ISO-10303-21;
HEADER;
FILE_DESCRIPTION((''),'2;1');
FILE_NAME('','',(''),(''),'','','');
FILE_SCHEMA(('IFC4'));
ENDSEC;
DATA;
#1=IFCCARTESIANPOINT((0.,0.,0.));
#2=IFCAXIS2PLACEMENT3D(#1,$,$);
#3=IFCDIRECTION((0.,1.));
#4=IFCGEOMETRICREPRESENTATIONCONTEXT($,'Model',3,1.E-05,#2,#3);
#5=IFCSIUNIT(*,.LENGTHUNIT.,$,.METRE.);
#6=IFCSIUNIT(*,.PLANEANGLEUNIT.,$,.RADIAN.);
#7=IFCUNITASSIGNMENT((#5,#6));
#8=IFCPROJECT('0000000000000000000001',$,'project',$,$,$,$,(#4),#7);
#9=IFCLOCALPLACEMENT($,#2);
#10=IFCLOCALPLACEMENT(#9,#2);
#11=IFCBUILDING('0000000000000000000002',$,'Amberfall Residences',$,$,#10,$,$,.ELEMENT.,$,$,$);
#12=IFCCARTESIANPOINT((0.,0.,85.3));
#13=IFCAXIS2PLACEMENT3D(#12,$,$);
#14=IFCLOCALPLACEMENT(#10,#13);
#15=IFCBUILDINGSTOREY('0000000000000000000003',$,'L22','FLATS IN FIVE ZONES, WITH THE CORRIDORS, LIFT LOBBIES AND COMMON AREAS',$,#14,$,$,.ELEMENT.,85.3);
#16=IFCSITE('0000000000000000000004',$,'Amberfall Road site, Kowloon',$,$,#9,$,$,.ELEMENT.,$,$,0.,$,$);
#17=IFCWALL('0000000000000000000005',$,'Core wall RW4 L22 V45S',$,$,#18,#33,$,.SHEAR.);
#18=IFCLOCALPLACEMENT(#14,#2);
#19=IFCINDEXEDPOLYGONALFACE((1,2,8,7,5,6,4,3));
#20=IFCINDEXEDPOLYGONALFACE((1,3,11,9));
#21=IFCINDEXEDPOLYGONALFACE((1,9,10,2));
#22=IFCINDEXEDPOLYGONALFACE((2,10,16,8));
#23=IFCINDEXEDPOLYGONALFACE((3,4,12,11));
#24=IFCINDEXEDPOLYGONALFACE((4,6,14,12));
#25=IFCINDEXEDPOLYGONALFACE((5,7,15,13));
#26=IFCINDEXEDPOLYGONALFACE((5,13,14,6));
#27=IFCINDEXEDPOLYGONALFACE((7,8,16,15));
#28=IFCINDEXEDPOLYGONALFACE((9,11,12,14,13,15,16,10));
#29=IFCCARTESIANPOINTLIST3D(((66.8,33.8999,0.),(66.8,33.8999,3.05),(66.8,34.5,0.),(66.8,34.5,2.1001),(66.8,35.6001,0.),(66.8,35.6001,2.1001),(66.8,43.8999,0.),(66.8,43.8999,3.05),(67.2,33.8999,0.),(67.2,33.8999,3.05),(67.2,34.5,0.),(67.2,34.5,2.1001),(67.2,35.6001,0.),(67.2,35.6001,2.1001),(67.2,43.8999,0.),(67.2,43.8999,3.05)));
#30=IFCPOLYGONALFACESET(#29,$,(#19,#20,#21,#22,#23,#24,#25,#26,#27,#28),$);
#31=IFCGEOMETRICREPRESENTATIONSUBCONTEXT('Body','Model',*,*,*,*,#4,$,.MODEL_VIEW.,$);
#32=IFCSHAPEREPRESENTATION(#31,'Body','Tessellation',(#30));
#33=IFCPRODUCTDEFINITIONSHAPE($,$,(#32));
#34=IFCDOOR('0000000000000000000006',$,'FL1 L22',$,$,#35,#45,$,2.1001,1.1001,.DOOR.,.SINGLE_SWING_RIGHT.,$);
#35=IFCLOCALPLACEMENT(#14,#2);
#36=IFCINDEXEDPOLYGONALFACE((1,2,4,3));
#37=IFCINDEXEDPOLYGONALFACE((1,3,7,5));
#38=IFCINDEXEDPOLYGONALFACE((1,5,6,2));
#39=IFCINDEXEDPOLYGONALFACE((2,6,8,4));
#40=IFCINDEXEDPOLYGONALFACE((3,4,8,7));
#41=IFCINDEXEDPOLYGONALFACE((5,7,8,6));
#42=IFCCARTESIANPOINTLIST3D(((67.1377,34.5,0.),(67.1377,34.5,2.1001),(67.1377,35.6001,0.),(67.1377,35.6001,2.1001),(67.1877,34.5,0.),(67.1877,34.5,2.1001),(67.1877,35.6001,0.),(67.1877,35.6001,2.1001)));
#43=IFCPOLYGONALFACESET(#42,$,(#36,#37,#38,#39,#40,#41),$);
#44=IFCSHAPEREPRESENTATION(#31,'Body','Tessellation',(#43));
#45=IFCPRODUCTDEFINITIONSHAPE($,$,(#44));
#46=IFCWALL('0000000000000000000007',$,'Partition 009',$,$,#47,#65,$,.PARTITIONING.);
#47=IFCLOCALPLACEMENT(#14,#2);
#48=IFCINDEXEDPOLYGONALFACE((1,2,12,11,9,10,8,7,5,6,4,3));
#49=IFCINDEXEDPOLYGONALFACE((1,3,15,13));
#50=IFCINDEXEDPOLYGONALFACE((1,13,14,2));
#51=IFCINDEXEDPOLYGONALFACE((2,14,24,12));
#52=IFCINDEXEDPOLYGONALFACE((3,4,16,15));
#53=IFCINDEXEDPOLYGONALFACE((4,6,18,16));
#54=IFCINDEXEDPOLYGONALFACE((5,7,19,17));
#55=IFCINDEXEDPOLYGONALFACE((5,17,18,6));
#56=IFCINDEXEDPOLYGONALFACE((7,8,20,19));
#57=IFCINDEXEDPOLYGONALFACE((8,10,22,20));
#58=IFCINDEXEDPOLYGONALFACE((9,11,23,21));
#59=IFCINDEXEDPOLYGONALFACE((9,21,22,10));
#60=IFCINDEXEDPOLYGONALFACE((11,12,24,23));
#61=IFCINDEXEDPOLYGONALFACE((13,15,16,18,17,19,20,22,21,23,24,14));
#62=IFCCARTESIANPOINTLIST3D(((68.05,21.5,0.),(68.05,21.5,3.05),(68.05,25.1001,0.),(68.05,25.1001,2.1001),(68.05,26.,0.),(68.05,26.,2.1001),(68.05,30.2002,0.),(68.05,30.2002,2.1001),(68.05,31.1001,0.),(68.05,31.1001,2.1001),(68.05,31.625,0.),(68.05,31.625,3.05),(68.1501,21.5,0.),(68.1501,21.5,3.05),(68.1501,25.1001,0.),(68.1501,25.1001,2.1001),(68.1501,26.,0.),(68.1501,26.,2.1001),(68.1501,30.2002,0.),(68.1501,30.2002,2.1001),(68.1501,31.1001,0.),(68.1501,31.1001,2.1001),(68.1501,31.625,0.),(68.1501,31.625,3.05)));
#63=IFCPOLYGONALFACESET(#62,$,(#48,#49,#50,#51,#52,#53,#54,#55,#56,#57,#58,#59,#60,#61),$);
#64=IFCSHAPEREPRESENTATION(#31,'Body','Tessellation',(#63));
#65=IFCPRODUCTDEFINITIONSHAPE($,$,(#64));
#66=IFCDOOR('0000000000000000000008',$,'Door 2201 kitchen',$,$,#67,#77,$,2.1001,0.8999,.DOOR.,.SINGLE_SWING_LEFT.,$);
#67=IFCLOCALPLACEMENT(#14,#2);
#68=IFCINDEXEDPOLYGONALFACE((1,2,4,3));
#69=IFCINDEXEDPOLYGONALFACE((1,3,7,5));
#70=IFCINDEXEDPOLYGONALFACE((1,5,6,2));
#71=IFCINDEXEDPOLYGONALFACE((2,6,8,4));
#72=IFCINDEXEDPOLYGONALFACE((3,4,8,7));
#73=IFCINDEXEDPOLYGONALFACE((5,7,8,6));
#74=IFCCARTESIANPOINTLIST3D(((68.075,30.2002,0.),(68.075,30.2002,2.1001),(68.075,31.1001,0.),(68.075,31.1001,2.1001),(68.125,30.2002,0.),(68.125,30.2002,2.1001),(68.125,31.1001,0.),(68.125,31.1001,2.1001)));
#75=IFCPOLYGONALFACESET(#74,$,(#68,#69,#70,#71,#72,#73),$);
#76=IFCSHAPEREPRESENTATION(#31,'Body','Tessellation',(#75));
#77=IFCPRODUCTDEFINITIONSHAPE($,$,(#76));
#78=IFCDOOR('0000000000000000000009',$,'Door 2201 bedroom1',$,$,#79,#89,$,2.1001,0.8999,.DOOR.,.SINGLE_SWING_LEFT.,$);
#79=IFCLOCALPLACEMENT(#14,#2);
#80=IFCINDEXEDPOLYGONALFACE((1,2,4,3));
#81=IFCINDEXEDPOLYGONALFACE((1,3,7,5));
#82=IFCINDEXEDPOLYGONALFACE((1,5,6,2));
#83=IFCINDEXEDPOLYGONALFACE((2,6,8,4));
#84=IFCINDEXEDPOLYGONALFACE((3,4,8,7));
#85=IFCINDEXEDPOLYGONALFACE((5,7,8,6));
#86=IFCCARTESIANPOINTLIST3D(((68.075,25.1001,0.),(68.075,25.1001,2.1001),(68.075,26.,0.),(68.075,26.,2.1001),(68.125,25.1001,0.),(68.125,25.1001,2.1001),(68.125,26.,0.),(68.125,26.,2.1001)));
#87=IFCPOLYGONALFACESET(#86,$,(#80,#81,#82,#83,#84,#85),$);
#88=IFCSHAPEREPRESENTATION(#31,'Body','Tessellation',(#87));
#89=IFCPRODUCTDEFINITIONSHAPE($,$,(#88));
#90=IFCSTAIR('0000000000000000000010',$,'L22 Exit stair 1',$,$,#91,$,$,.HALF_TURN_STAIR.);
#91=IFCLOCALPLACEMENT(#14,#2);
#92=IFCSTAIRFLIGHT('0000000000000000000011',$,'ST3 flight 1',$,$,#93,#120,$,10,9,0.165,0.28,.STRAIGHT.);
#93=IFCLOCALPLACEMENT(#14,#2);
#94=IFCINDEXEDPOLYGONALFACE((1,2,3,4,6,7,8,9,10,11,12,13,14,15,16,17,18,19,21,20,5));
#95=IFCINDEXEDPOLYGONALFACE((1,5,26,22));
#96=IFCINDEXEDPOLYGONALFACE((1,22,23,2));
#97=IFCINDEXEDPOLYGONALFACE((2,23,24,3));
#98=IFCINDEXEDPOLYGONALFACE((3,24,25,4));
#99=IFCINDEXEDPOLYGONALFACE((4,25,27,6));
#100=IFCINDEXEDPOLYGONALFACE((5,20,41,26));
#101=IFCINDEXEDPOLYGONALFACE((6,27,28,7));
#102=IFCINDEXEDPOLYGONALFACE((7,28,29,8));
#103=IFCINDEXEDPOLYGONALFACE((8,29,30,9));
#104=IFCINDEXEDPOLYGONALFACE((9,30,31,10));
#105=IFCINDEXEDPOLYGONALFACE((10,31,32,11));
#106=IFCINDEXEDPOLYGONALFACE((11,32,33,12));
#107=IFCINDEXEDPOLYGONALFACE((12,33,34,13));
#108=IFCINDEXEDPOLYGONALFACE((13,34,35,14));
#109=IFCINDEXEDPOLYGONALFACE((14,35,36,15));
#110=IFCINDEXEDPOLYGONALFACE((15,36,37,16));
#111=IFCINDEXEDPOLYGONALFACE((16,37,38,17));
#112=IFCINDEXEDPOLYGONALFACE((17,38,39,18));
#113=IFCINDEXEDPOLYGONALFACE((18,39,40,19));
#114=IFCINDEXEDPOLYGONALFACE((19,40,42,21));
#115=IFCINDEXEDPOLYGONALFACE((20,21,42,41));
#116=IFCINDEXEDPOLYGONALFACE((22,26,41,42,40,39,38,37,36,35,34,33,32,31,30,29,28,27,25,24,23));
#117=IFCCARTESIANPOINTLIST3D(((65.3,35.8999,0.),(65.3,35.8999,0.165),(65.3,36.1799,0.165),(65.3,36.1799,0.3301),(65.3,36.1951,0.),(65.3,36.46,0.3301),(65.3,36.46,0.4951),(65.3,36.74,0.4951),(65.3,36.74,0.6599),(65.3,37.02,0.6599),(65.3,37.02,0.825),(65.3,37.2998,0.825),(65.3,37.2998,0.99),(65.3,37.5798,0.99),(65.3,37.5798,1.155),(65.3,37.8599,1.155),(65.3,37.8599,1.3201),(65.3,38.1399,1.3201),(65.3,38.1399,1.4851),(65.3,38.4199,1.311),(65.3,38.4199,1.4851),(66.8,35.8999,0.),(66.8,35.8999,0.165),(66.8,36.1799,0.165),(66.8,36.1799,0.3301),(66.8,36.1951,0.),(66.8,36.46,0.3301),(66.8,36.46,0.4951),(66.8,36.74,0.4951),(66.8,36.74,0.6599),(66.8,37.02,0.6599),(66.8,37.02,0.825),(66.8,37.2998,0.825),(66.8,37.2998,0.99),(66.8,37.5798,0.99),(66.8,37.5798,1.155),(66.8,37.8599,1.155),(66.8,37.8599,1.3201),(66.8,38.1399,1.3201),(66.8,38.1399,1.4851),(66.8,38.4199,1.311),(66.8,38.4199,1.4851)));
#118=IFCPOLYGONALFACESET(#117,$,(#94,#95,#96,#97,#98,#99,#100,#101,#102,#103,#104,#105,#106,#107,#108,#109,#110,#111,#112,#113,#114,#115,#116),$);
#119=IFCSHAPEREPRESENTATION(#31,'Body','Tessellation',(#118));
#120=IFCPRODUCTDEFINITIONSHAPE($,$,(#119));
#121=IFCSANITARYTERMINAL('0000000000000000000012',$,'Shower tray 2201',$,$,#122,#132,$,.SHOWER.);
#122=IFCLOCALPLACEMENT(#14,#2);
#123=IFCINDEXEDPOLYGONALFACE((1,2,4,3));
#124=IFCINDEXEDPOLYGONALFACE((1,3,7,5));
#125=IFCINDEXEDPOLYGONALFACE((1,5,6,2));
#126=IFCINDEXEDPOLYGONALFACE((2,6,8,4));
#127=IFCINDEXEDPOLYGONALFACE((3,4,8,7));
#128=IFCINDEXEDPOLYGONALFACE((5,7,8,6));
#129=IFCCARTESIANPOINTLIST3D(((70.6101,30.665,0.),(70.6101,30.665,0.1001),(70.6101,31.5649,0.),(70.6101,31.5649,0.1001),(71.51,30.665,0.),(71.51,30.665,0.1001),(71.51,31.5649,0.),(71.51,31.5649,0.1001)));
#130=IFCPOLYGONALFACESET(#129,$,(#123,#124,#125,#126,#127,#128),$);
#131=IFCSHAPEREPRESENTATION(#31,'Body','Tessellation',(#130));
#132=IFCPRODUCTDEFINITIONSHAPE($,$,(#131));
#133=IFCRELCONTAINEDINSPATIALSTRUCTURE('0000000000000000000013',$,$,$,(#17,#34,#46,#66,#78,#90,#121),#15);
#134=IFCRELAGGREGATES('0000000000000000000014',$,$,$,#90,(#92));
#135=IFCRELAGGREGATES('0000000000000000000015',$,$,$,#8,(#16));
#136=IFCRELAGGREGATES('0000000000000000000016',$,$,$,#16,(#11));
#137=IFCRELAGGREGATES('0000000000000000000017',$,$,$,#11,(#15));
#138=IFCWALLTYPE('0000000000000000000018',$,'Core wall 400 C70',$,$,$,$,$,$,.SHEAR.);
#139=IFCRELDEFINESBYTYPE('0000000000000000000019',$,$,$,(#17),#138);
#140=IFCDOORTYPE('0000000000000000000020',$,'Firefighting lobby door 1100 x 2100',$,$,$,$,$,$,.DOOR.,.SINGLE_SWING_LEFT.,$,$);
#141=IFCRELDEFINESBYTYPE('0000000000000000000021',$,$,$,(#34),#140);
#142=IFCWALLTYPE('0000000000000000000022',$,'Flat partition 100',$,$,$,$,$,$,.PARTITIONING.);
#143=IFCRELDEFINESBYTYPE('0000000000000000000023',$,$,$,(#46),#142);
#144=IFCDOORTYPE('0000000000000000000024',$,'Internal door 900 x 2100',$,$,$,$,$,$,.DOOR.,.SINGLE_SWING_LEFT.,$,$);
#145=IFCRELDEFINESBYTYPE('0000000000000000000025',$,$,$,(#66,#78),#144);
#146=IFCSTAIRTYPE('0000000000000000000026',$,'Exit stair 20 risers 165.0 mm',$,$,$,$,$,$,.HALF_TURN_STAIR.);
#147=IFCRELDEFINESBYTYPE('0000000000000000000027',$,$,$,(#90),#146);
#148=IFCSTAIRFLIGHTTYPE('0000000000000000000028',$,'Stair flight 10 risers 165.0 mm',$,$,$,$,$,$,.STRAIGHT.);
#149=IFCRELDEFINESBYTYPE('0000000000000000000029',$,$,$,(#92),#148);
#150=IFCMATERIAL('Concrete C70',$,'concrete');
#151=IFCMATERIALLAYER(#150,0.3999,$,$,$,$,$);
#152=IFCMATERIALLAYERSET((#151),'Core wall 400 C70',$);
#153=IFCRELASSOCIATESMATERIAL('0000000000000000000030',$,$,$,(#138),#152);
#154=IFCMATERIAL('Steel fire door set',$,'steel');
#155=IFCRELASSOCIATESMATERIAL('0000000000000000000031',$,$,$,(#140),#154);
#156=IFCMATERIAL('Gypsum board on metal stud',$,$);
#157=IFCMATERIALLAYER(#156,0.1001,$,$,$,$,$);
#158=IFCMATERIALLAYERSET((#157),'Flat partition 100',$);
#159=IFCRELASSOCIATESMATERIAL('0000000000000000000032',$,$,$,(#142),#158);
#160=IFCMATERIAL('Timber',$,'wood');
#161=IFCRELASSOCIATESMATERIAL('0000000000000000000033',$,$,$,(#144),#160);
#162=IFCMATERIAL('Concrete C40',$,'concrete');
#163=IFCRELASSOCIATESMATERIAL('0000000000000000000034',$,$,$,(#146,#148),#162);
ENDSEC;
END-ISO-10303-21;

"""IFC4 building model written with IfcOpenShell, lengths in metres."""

from ifc_helpers import new_model, si_unit, direction, frame, frame_2d, origin, origin_2d, place, context, subcontext, project, spatial, polyline, rectangle, outline, extrude, material, layer, layer_set, type_object, element, fill, aggregate, save


model = new_model("IFC4")

# Units and contexts
model_context = context("Model", 3, precision=1e-05, world=origin(), true_north=direction((0.0, 1.0)))
body_context = subcontext(model_context, "Body", "Model", "MODEL_VIEW")
ifc_project = project(units=[si_unit("LENGTHUNIT", "METRE"), si_unit("PLANEANGLEUNIT", "RADIAN")], contexts=[model_context])

# Site, building, storey
site_placement = place(None, origin())
site = spatial("IfcSite", under=ifc_project, at=site_placement, Name="Amberfall Road site, Kowloon", CompositionType="ELEMENT", RefElevation=0.0)
building_placement = place(site_placement, origin())
building = spatial("IfcBuilding", under=site, at=building_placement, Name="Amberfall Residences", CompositionType="ELEMENT")
storey_placement = place(building_placement, frame((0.0, 0.0, 85.3)))
storey = spatial("IfcBuildingStorey", under=building, at=storey_placement, Name="L22", Description="FLATS IN FIVE ZONES, WITH THE CORRIDORS, LIFT LOBBIES AND COMMON AREAS", CompositionType="ELEMENT", Elevation=85.3)

# Wall, opening, door
ifc_material_1 = material(Name="Concrete C70", Category="concrete")
ifc_layer_1 = layer(ifc_material_1, 0.3999)
ifc_layer_set_1 = layer_set([ifc_layer_1], Name="Core wall 400 C70")
wall_type_1 = type_object("IfcWallType", Name="Core wall 400 C70", PredefinedType="SHEAR", material=ifc_layer_set_1)
wall_1_placement = place(storey_placement, frame((67.0, 33.8999, 0.0), z_axis=(0.0, 0.0, 1.0), x_axis=(0.0, 1.0, 0.0)))
wall_1 = element("IfcWall", 1, at=wall_1_placement, inside=storey, type_object=wall_type_1, Name="Core wall RW4 L22 V45S", PredefinedType="SHEAR", context=body_context, shape_type="SweptSolid", body=[
    extrude(rectangle(XDim=10.0, YDim=0.3999, at=frame_2d((5.0, 0.0))), origin(), (0.0, 0.0, 1.0), 3.05),
])
opening_1_placement = place(wall_1_placement, frame((0.6001, 0.0, 0.0)))
opening_1 = element("IfcOpeningElement", 2, at=opening_1_placement, cuts=wall_1, PredefinedType="OPENING", context=body_context, shape_type="SweptSolid", body=[
    extrude(rectangle(XDim=1.1001, YDim=2.1001, at=frame_2d((0.55, 1.05))), frame((0.0, 0.21, 0.0), z_axis=(0.0, -1.0, 0.0), x_axis=(1.0, 0.0, 0.0)), (0.0, 0.0, 1.0), 0.4199),
])
ifc_material_2 = material(Name="Steel fire door set", Category="steel")
door_type_1 = type_object("IfcDoorType", Name="Firefighting lobby door 1100 x 2100", OperationType="SINGLE_SWING_LEFT", PredefinedType="DOOR", material=ifc_material_2)
door_1_placement = place(opening_1_placement, origin())
door_1 = element("IfcDoor", 3, at=door_1_placement, inside=storey, type_object=door_type_1, Name="FL1 L22", OperationType="SINGLE_SWING_RIGHT", OverallHeight=2.1001, OverallWidth=1.1001, PredefinedType="DOOR", context=body_context, shape_type="SweptSolid", body=[
    extrude(rectangle(XDim=1.1001, YDim=2.1001, at=frame_2d((0.55, 1.05))), frame((0.0, -0.1377, 0.0), z_axis=(0.0, -1.0, 0.0), x_axis=(1.0, 0.0, 0.0)), (0.0, 0.0, 1.0), 0.05),
])
fill(opening_1, door_1)

# Wall, openings, doors
ifc_material_3 = material(Name="Gypsum board on metal stud")
ifc_layer_2 = layer(ifc_material_3, 0.1001)
ifc_layer_set_2 = layer_set([ifc_layer_2], Name="Flat partition 100")
wall_type_2 = type_object("IfcWallType", Name="Flat partition 100", PredefinedType="PARTITIONING", material=ifc_layer_set_2)
wall_2_placement = place(storey_placement, frame((68.1001, 31.625, 0.0), z_axis=(0.0, 0.0, 1.0), x_axis=(0.0, -1.0, 0.0)))
wall_2 = element("IfcWall", 4, at=wall_2_placement, inside=storey, type_object=wall_type_2, Name="Partition 009", PredefinedType="PARTITIONING", context=body_context, shape_type="SweptSolid", body=[
    extrude(rectangle(XDim=10.125, YDim=0.1001, at=frame_2d((5.0625, 0.0))), origin(), (0.0, 0.0, 1.0), 3.05),
])
opening_2_placement = place(wall_2_placement, frame((0.5249, 0.0, 0.0)))
opening_2 = element("IfcOpeningElement", 5, at=opening_2_placement, cuts=wall_2, PredefinedType="OPENING", context=body_context, shape_type="SweptSolid", body=[
    extrude(rectangle(XDim=0.8999, YDim=2.1001, at=frame_2d((0.45, 1.05))), frame((0.0, 0.0601, 0.0), z_axis=(0.0, -1.0, 0.0), x_axis=(1.0, 0.0, 0.0)), (0.0, 0.0, 1.0), 0.1201),
])
opening_3_placement = place(wall_2_placement, frame((5.625, 0.0, 0.0)))
opening_3 = element("IfcOpeningElement", 6, at=opening_3_placement, cuts=wall_2, PredefinedType="OPENING", context=body_context, shape_type="SweptSolid", body=[
    extrude(rectangle(XDim=0.8999, YDim=2.1001, at=frame_2d((0.45, 1.05))), frame((0.0, 0.0601, 0.0), z_axis=(0.0, -1.0, 0.0), x_axis=(1.0, 0.0, 0.0)), (0.0, 0.0, 1.0), 0.1201),
])
ifc_material_4 = material(Name="Timber", Category="wood")
door_type_2 = type_object("IfcDoorType", Name="Internal door 900 x 2100", OperationType="SINGLE_SWING_LEFT", PredefinedType="DOOR", material=ifc_material_4)
door_2_placement = place(opening_2_placement, origin())
door_2 = element("IfcDoor", 7, at=door_2_placement, inside=storey, type_object=door_type_2, Name="Door 2201 kitchen", OperationType="SINGLE_SWING_LEFT", OverallHeight=2.1001, OverallWidth=0.8999, PredefinedType="DOOR", context=body_context, shape_type="SweptSolid", body=[
    extrude(rectangle(XDim=0.8999, YDim=2.1001, at=frame_2d((0.45, 1.05))), frame((0.0, 0.0249, 0.0), z_axis=(0.0, -1.0, 0.0), x_axis=(1.0, 0.0, 0.0)), (0.0, 0.0, 1.0), 0.05),
])
fill(opening_2, door_2)
door_3_placement = place(opening_3_placement, origin())
door_3 = element("IfcDoor", 8, at=door_3_placement, inside=storey, type_object=door_type_2, Name="Door 2201 bedroom1", OperationType="SINGLE_SWING_LEFT", OverallHeight=2.1001, OverallWidth=0.8999, PredefinedType="DOOR", context=body_context, shape_type="SweptSolid", body=[
    extrude(rectangle(XDim=0.8999, YDim=2.1001, at=frame_2d((0.45, 1.05))), frame((0.0, 0.0249, 0.0), z_axis=(0.0, -1.0, 0.0), x_axis=(1.0, 0.0, 0.0)), (0.0, 0.0, 1.0), 0.05),
])
fill(opening_3, door_3)

# Stair, stair flight
ifc_material_5 = material(Name="Concrete C40", Category="concrete")
stair_type = type_object("IfcStairType", Name="Exit stair 20 risers 165.0 mm", PredefinedType="HALF_TURN_STAIR", material=ifc_material_5)
stair_placement = place(storey_placement, origin())
stair = element("IfcStair", 9, at=stair_placement, inside=storey, type_object=stair_type, Name="L22 Exit stair 1", PredefinedType="HALF_TURN_STAIR")
stair_flight_type = type_object("IfcStairFlightType", Name="Stair flight 10 risers 165.0 mm", PredefinedType="STRAIGHT", material=ifc_material_5)
stair_flight_placement = place(storey_placement, frame((66.05, 35.8999, 0.0), z_axis=(0.0, 0.0, 1.0), x_axis=(0.0, 1.0, 0.0)))
stair_flight = element("IfcStairFlight", 10, at=stair_flight_placement, type_object=stair_flight_type, Name="ST3 flight 1", NumberOfRisers=10, NumberOfTreads=9, PredefinedType="STRAIGHT", RiserHeight=0.165, TreadLength=0.28, context=body_context, shape_type="SweptSolid", body=[
    extrude(outline(polyline([(0.0, 0.0), (0.0, 0.165), (0.28, 0.165), (0.28, 0.3301), (0.5601, 0.3301), (0.5601, 0.4951), (0.8401, 0.4951), (0.8401, 0.6599), (1.1201, 0.6599), (1.1201, 0.825), (1.3999, 0.825), (1.3999, 0.99), (1.6799, 0.99), (1.6799, 1.155), (1.96, 1.155), (1.96, 1.3201), (2.24, 1.3201), (2.24, 1.4851), (2.52, 1.4851), (2.52, 1.6499), (2.52, 1.311), (0.2952, 0.0), (0.0, 0.0)])), frame((0.0, 0.75, 0.0), z_axis=(0.0, -1.0, 0.0), x_axis=(1.0, 0.0, 0.0)), (0.0, 0.0, 1.0), 1.5),
])
aggregate(stair, [stair_flight])

# Sanitary terminal
sanitary_terminal_placement = place(storey_placement, frame((71.0601, 31.115, 0.0), z_axis=(0.0, 0.0, 1.0), x_axis=(1.0, 0.0, 0.0)))
element("IfcSanitaryTerminal", 11, at=sanitary_terminal_placement, inside=storey, Name="Shower tray 2201", PredefinedType="SHOWER", context=body_context, shape_type="SweptSolid", body=[
    extrude(rectangle(XDim=0.8999, YDim=0.8999, at=origin_2d()), origin(), (0.0, 0.0, 1.0), 0.1001),
])

save(model, "model.ifc")
